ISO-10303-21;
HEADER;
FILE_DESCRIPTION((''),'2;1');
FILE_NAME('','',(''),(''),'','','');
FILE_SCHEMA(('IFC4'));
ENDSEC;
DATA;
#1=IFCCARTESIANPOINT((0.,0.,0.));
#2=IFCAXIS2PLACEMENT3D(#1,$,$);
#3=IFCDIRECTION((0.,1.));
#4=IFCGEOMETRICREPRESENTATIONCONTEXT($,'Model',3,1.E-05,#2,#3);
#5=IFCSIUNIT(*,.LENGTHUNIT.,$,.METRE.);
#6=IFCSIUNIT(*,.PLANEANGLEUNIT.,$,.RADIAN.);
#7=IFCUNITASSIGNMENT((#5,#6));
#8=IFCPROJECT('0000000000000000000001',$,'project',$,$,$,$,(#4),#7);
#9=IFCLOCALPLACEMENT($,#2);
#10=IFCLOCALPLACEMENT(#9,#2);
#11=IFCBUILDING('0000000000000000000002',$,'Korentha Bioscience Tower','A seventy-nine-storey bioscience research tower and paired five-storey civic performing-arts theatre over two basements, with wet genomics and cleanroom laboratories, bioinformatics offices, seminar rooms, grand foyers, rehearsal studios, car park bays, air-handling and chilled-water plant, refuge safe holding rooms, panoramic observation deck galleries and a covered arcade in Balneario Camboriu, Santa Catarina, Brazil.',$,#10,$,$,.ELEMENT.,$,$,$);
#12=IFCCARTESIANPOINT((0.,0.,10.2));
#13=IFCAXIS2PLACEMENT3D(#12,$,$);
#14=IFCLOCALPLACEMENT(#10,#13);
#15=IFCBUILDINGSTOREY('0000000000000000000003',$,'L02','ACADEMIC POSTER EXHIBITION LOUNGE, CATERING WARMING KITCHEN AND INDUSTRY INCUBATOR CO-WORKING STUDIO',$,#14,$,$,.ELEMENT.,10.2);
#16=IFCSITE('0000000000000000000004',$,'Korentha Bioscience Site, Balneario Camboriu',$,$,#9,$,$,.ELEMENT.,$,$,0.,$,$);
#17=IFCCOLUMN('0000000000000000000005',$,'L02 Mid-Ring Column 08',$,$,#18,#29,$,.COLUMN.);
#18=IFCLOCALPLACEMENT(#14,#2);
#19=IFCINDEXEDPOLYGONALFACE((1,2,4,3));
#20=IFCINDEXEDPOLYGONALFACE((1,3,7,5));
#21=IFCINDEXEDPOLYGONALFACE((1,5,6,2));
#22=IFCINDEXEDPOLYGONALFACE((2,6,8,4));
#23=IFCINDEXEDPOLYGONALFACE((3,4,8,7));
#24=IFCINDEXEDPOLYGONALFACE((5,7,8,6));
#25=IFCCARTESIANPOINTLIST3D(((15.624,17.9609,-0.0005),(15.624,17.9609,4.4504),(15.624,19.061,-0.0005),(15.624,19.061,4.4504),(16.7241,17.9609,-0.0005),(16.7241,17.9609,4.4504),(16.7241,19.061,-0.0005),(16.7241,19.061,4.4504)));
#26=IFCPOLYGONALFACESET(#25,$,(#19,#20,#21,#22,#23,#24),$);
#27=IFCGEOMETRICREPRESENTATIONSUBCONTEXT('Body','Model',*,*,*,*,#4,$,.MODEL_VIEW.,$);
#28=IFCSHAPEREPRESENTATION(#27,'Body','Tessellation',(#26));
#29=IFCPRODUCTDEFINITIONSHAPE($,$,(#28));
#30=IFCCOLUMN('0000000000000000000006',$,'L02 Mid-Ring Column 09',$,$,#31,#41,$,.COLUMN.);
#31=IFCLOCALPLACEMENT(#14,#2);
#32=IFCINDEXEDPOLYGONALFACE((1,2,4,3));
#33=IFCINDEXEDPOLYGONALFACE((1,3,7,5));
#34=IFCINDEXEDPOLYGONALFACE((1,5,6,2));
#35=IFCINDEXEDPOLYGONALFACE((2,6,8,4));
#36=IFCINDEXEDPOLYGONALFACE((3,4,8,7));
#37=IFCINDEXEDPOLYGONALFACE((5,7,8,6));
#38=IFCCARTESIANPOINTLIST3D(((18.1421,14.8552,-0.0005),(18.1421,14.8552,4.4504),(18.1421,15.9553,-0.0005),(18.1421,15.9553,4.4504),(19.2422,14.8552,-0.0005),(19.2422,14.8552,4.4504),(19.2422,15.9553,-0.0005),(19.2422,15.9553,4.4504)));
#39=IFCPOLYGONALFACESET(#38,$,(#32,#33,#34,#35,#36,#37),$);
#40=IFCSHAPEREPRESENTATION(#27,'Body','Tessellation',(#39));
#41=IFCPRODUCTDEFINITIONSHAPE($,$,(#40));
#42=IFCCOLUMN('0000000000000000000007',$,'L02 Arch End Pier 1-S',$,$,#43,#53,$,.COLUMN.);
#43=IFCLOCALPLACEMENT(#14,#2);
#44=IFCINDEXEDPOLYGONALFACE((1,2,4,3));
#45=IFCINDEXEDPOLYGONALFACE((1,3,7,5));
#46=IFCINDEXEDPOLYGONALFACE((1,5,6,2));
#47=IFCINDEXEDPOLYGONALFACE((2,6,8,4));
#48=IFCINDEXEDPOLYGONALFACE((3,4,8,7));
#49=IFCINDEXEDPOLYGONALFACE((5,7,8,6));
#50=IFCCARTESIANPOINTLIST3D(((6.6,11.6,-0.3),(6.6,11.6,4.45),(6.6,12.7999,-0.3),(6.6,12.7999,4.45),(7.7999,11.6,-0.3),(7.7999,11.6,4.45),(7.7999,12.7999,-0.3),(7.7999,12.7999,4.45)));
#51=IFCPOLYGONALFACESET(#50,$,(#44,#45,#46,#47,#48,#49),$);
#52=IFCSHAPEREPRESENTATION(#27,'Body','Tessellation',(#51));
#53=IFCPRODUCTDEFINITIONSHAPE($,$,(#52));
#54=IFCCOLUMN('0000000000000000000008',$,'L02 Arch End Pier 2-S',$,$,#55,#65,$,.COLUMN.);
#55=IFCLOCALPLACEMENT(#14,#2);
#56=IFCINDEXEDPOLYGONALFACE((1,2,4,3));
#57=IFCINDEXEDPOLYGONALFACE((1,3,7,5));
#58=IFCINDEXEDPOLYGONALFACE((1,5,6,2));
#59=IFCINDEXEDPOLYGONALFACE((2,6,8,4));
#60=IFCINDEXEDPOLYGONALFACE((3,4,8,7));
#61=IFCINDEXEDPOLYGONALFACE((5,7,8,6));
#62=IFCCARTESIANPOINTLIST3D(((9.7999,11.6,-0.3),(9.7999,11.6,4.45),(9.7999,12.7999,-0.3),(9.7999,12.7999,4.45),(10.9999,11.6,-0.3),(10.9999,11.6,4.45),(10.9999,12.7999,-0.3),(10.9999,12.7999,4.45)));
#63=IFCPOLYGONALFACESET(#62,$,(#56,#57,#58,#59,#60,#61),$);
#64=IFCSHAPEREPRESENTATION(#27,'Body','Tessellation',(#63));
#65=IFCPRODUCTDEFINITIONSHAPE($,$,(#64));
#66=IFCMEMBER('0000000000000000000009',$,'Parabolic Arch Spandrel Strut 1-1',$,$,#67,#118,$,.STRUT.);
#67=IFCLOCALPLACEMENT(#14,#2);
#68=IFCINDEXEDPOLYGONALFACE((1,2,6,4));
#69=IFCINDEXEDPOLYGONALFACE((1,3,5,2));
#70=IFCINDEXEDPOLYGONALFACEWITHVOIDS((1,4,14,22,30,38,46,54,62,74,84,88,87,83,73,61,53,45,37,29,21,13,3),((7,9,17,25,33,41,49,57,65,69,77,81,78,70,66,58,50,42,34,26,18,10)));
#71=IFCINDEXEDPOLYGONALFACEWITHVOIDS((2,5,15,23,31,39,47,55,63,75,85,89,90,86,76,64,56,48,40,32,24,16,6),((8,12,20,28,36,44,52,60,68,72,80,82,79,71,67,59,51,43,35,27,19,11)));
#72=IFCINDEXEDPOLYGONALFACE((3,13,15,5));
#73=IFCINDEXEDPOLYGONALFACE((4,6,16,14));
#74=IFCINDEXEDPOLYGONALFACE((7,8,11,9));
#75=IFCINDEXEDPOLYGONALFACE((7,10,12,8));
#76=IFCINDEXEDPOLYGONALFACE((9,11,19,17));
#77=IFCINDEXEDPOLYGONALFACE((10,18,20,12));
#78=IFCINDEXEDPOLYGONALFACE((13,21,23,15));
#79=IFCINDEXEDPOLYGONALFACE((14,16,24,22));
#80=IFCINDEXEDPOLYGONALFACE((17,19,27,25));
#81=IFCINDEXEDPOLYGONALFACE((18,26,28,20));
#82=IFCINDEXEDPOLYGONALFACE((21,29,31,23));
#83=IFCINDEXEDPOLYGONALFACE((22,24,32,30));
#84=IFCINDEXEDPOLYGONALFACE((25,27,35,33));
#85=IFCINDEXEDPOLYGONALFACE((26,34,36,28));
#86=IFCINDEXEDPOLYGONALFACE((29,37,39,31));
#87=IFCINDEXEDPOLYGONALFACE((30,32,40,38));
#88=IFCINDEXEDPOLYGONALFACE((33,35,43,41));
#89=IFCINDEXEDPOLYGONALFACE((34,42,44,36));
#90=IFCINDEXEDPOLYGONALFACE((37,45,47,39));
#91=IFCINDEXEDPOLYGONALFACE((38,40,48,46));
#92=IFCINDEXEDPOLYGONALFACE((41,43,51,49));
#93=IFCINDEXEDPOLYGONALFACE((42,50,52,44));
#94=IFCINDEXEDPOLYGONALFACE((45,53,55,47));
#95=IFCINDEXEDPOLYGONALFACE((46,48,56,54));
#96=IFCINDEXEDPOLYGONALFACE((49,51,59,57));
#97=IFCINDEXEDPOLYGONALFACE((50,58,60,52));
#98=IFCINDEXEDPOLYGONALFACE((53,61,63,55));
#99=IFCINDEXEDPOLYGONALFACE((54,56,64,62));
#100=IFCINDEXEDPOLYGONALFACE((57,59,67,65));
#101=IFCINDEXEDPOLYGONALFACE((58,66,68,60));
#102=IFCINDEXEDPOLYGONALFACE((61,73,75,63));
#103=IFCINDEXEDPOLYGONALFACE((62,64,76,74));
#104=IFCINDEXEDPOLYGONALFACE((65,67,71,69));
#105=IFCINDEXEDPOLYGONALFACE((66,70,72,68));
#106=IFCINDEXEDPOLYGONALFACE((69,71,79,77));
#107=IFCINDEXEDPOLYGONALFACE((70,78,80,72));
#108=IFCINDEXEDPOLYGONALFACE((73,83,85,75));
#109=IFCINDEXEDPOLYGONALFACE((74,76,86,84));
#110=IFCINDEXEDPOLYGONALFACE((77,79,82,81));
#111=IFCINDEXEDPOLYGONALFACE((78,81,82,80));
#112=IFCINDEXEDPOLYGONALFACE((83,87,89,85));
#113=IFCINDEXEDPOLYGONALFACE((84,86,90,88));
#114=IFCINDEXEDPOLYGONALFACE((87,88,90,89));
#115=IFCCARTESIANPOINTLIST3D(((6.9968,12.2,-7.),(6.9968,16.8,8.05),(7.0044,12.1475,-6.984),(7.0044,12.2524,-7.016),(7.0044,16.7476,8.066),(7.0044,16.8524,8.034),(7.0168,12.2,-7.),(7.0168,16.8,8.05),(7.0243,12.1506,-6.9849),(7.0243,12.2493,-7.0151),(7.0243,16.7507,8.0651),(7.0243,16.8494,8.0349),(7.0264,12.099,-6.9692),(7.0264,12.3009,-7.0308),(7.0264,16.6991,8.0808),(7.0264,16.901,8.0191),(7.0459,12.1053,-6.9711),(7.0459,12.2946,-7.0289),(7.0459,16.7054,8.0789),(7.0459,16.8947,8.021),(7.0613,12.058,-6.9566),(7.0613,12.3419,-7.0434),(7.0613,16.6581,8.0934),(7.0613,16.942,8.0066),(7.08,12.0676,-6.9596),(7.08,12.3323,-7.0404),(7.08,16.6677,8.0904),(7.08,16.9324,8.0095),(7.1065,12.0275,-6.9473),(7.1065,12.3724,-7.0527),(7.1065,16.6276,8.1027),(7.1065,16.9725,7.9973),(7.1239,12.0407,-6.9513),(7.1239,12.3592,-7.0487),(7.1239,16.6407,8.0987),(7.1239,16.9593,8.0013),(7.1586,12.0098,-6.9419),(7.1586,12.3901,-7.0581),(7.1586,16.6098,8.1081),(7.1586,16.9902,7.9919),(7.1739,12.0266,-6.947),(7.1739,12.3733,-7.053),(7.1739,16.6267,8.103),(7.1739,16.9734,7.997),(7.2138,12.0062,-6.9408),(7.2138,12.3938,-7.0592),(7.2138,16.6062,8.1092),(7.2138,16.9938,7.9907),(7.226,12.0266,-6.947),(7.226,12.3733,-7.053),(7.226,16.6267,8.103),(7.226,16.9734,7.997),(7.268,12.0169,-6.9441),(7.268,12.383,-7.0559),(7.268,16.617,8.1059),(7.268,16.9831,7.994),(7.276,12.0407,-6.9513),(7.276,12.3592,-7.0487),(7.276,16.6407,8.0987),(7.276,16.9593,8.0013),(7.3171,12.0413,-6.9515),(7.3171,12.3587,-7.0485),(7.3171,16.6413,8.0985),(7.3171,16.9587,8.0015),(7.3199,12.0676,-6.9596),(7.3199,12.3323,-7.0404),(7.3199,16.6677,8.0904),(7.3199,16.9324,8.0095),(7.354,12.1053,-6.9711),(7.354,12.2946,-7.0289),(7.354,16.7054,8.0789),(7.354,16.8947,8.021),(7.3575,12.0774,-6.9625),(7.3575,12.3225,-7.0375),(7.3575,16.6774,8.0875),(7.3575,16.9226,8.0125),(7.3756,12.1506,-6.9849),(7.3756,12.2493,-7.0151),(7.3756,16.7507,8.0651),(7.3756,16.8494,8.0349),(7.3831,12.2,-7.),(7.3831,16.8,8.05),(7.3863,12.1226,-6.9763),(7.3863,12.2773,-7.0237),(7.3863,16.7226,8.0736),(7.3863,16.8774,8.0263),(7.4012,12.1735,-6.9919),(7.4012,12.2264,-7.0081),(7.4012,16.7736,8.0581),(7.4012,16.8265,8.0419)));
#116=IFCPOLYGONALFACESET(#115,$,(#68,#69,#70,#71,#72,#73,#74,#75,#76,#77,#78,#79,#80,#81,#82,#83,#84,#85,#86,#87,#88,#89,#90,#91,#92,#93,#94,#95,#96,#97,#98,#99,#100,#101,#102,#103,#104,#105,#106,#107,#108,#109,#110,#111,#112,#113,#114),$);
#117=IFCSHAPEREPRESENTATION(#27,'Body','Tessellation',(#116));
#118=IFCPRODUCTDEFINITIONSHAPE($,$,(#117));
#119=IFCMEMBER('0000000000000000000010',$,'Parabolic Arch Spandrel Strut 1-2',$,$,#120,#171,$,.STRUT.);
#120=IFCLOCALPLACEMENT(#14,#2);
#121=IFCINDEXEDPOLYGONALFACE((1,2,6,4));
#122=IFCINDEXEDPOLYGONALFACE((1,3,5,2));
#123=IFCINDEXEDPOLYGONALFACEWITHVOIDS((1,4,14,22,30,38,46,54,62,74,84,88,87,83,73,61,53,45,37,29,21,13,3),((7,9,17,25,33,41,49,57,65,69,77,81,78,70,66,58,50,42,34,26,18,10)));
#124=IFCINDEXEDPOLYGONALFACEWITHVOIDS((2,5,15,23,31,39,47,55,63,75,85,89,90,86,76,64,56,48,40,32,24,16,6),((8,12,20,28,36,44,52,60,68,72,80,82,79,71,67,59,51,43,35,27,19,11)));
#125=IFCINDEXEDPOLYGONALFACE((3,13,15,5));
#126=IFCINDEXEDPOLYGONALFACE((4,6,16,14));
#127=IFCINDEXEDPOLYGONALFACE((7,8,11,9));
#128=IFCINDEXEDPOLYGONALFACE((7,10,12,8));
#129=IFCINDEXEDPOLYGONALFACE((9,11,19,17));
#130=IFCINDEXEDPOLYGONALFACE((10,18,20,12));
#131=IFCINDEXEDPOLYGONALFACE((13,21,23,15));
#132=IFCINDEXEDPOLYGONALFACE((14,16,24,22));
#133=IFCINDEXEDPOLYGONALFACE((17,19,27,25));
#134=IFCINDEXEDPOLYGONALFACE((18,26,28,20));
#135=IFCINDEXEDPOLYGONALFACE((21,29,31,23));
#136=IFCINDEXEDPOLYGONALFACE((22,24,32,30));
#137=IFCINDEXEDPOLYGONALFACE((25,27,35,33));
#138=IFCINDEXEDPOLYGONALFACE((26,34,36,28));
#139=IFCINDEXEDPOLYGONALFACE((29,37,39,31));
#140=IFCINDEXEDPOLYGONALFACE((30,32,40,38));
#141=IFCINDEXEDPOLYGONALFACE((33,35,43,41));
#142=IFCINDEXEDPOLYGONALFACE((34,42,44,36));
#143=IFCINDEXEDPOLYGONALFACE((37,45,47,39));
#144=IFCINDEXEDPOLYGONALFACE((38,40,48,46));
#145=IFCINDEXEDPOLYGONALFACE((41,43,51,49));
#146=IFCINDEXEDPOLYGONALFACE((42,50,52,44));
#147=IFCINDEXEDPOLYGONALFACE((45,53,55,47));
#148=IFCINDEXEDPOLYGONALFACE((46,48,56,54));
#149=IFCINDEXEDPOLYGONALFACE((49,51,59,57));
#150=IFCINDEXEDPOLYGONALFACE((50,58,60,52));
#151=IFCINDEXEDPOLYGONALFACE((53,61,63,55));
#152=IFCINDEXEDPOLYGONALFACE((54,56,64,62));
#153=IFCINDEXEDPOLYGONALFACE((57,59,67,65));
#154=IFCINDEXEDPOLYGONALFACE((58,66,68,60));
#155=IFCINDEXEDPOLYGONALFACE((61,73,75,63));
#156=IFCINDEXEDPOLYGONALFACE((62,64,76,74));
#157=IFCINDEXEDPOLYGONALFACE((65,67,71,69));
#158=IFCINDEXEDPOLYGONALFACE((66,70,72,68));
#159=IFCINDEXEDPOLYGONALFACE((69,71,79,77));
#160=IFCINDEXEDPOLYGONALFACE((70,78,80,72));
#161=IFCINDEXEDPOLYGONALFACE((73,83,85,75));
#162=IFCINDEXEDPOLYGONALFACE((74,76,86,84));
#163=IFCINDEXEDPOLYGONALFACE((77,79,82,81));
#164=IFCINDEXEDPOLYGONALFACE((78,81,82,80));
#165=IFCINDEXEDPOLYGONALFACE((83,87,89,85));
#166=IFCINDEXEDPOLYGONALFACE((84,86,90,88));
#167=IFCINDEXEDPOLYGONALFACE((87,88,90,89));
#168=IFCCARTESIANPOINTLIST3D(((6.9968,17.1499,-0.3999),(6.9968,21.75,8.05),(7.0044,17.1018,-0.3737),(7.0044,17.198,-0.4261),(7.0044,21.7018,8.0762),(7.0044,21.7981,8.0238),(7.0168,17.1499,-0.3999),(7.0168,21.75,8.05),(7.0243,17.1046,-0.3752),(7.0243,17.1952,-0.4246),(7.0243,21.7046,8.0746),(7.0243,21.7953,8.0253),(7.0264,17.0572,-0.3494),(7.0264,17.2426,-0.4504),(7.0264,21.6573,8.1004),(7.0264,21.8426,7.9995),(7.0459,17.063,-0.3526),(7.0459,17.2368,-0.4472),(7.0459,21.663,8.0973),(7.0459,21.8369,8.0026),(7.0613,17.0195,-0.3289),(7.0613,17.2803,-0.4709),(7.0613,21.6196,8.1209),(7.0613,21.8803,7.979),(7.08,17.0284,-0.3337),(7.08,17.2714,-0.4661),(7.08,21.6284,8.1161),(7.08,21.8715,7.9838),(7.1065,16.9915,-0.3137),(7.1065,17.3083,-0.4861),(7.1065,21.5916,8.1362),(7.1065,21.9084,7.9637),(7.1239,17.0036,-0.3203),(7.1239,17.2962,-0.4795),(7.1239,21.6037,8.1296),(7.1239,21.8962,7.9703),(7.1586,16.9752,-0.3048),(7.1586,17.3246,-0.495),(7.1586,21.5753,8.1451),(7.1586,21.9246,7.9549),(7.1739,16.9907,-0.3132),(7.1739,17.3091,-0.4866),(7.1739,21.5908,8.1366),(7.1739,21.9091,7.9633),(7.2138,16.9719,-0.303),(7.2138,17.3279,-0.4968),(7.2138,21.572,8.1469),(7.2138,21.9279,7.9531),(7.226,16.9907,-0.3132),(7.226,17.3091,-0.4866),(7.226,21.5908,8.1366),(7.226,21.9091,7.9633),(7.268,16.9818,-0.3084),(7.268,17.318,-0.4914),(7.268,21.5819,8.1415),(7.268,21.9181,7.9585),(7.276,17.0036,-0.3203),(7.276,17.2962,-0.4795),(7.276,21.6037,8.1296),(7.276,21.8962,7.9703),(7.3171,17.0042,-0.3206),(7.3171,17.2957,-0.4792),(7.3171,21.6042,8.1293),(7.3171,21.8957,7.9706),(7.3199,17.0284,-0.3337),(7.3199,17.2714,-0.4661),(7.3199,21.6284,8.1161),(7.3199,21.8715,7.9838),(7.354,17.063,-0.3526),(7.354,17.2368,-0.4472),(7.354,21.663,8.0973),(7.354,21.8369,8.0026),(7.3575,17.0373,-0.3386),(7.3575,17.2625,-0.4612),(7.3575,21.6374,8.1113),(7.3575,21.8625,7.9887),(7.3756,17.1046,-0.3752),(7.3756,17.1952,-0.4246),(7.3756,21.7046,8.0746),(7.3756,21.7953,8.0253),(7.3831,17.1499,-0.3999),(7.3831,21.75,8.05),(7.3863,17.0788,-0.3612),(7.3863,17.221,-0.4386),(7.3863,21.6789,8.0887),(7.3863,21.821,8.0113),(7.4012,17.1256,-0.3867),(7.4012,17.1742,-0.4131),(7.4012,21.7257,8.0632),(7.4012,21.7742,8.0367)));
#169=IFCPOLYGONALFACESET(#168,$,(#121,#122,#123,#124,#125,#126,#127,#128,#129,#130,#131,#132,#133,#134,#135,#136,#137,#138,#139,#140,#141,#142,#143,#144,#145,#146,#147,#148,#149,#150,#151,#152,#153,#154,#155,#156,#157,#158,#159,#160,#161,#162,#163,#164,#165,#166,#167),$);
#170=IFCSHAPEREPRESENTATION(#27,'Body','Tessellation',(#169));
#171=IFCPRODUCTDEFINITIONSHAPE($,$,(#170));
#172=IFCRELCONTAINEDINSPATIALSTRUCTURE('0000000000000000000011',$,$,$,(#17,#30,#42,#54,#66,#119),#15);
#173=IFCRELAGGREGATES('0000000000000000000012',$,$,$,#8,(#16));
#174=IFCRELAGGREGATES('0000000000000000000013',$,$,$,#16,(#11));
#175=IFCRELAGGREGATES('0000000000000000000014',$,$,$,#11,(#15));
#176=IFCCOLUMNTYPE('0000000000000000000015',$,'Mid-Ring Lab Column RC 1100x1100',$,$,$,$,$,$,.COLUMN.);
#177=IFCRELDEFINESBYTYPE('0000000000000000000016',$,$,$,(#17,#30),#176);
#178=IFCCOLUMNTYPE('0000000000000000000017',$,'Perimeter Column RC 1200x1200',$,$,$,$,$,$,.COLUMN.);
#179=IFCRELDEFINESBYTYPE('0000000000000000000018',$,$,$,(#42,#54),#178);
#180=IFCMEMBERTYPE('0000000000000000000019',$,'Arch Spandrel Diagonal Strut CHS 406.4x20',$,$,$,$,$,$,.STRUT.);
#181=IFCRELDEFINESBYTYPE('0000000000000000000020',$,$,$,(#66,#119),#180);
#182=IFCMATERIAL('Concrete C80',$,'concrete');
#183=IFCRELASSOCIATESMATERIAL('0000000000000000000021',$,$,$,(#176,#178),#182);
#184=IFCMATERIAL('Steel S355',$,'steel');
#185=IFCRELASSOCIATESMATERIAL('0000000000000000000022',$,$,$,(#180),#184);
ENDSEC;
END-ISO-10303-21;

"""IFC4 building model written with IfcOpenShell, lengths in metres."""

from ifc_helpers import new_model, si_unit, direction, frame, origin, origin_2d, place, context, subcontext, project, spatial, rectangle, hollow_circle, extrude, material, material_profile, profile_set, type_object, element, save


model = new_model("IFC4")

# Units and contexts
model_context = context("Model", 3, precision=1e-05, world=origin(), true_north=direction((0.0, 1.0)))
body_context = subcontext(model_context, "Body", "Model", "MODEL_VIEW")
ifc_project = project(units=[si_unit("LENGTHUNIT", "METRE"), si_unit("PLANEANGLEUNIT", "RADIAN")], contexts=[model_context])

# Site, building, storey
site_placement = place(None, origin())
site = spatial("IfcSite", under=ifc_project, at=site_placement, Name="Korentha Bioscience Site, Balneario Camboriu", CompositionType="ELEMENT", RefElevation=0.0)
building_placement = place(site_placement, origin())
building = spatial("IfcBuilding", under=site, at=building_placement, Name="Korentha Bioscience Tower", Description="A seventy-nine-storey bioscience research tower and paired five-storey civic performing-arts theatre over two basements, with wet genomics and cleanroom laboratories, bioinformatics offices, seminar rooms, grand foyers, rehearsal studios, car park bays, air-handling and chilled-water plant, refuge safe holding rooms, panoramic observation deck galleries and a covered arcade in Balneario Camboriu, Santa Catarina, Brazil.", CompositionType="ELEMENT")
storey_placement = place(building_placement, frame((0.0, 0.0, 10.2)))
storey = spatial("IfcBuildingStorey", under=building, at=storey_placement, Name="L02", Description="ACADEMIC POSTER EXHIBITION LOUNGE, CATERING WARMING KITCHEN AND INDUSTRY INCUBATOR CO-WORKING STUDIO", CompositionType="ELEMENT", Elevation=10.2)

# Columns
ifc_material_1 = material(Name="Concrete C80", Category="concrete")
ifc_material_profile_1 = material_profile(ifc_material_1, rectangle(XDim=1.1001, YDim=1.1001, at=origin_2d()), Name="Concrete C80")
ifc_profile_set_1 = profile_set([ifc_material_profile_1], Name="Concrete C80 (COL-MR11)")
column_type_1 = type_object("IfcColumnType", Name="Mid-Ring Lab Column RC 1100x1100", PredefinedType="COLUMN", material=ifc_profile_set_1)
for number, where, z_axis, x_axis, name in (
    (1, (16.1741, 18.511, -0.0005), (0.0, 0.0, 1.0), (1.0, 0.0, 0.0), "L02 Mid-Ring Column 08"),
    (2, (18.6921, 15.4053, -0.0005), (0.0, 0.0, 1.0), (1.0, 0.0, 0.0), "L02 Mid-Ring Column 09"),
):
    element("IfcColumn", number, at=place(storey_placement, frame(where, z_axis=z_axis, x_axis=x_axis)), inside=storey, type_object=column_type_1, Name=name, PredefinedType="COLUMN", context=body_context, shape_type="SweptSolid", body=[
        extrude(rectangle(XDim=1.1001, YDim=1.1001, at=origin_2d()), origin(), (0.0, 0.0, 1.0), 4.4509),
    ])
ifc_material_profile_2 = material_profile(ifc_material_1, rectangle(XDim=1.2, YDim=1.2, at=origin_2d()), Name="Concrete C80")
ifc_profile_set_2 = profile_set([ifc_material_profile_2], Name="Concrete C80 (COL-P12)")
column_type_2 = type_object("IfcColumnType", Name="Perimeter Column RC 1200x1200", PredefinedType="COLUMN", material=ifc_profile_set_2)
for number, where, z_axis, x_axis, name in (
    (3, (7.2, 12.2, -0.3), (0.0, 0.0, 1.0), (1.0, 0.0, 0.0), "L02 Arch End Pier 1-S"),
    (4, (10.3999, 12.2, -0.3), (0.0, 0.0, 1.0), (1.0, 0.0, 0.0), "L02 Arch End Pier 2-S"),
):
    element("IfcColumn", number, at=place(storey_placement, frame(where, z_axis=z_axis, x_axis=x_axis)), inside=storey, type_object=column_type_2, Name=name, PredefinedType="COLUMN", context=body_context, shape_type="SweptSolid", body=[
        extrude(rectangle(XDim=1.2, YDim=1.2, at=origin_2d()), origin(), (0.0, 0.0, 1.0), 4.75),
    ])

# Members
ifc_material_2 = material(Name="Steel S355", Category="steel")
ifc_material_profile_3 = material_profile(ifc_material_2, hollow_circle(Radius=0.2031, WallThickness=0.02, at=origin_2d()), Name="Steel S355")
ifc_profile_set_3 = profile_set([ifc_material_profile_3], Name="Steel S355 (AR-ST406)")
member_type_1 = type_object("IfcMemberType", Name="Arch Spandrel Diagonal Strut CHS 406.4x20", PredefinedType="STRUT", material=ifc_profile_set_3)
member_1_placement = place(storey_placement, frame((7.2, 12.2, -7.0), z_axis=(0.0, 0.292304, 0.956325), x_axis=(-1.0, 0.0, 0.0)))
element("IfcMember", 5, at=member_1_placement, inside=storey, type_object=member_type_1, Name="Parabolic Arch Spandrel Strut 1-1", PredefinedType="STRUT", context=body_context, shape_type="SweptSolid", body=[
    extrude(hollow_circle(Radius=0.2031, WallThickness=0.02, at=origin_2d()), origin(), (0.0, 0.0, 1.0), 15.7373),
])
member_2_placement = place(storey_placement, frame((7.2, 17.1499, -0.3999), z_axis=(0.0, 0.478134, 0.878287), x_axis=(-1.0, 0.0, 0.0)))
element("IfcMember", 6, at=member_2_placement, inside=storey, type_object=member_type_1, Name="Parabolic Arch Spandrel Strut 1-2", PredefinedType="STRUT", context=body_context, shape_type="SweptSolid", body=[
    extrude(hollow_circle(Radius=0.2031, WallThickness=0.02, at=origin_2d()), origin(), (0.0, 0.0, 1.0), 9.6208),
])

save(model, "model.ifc")
